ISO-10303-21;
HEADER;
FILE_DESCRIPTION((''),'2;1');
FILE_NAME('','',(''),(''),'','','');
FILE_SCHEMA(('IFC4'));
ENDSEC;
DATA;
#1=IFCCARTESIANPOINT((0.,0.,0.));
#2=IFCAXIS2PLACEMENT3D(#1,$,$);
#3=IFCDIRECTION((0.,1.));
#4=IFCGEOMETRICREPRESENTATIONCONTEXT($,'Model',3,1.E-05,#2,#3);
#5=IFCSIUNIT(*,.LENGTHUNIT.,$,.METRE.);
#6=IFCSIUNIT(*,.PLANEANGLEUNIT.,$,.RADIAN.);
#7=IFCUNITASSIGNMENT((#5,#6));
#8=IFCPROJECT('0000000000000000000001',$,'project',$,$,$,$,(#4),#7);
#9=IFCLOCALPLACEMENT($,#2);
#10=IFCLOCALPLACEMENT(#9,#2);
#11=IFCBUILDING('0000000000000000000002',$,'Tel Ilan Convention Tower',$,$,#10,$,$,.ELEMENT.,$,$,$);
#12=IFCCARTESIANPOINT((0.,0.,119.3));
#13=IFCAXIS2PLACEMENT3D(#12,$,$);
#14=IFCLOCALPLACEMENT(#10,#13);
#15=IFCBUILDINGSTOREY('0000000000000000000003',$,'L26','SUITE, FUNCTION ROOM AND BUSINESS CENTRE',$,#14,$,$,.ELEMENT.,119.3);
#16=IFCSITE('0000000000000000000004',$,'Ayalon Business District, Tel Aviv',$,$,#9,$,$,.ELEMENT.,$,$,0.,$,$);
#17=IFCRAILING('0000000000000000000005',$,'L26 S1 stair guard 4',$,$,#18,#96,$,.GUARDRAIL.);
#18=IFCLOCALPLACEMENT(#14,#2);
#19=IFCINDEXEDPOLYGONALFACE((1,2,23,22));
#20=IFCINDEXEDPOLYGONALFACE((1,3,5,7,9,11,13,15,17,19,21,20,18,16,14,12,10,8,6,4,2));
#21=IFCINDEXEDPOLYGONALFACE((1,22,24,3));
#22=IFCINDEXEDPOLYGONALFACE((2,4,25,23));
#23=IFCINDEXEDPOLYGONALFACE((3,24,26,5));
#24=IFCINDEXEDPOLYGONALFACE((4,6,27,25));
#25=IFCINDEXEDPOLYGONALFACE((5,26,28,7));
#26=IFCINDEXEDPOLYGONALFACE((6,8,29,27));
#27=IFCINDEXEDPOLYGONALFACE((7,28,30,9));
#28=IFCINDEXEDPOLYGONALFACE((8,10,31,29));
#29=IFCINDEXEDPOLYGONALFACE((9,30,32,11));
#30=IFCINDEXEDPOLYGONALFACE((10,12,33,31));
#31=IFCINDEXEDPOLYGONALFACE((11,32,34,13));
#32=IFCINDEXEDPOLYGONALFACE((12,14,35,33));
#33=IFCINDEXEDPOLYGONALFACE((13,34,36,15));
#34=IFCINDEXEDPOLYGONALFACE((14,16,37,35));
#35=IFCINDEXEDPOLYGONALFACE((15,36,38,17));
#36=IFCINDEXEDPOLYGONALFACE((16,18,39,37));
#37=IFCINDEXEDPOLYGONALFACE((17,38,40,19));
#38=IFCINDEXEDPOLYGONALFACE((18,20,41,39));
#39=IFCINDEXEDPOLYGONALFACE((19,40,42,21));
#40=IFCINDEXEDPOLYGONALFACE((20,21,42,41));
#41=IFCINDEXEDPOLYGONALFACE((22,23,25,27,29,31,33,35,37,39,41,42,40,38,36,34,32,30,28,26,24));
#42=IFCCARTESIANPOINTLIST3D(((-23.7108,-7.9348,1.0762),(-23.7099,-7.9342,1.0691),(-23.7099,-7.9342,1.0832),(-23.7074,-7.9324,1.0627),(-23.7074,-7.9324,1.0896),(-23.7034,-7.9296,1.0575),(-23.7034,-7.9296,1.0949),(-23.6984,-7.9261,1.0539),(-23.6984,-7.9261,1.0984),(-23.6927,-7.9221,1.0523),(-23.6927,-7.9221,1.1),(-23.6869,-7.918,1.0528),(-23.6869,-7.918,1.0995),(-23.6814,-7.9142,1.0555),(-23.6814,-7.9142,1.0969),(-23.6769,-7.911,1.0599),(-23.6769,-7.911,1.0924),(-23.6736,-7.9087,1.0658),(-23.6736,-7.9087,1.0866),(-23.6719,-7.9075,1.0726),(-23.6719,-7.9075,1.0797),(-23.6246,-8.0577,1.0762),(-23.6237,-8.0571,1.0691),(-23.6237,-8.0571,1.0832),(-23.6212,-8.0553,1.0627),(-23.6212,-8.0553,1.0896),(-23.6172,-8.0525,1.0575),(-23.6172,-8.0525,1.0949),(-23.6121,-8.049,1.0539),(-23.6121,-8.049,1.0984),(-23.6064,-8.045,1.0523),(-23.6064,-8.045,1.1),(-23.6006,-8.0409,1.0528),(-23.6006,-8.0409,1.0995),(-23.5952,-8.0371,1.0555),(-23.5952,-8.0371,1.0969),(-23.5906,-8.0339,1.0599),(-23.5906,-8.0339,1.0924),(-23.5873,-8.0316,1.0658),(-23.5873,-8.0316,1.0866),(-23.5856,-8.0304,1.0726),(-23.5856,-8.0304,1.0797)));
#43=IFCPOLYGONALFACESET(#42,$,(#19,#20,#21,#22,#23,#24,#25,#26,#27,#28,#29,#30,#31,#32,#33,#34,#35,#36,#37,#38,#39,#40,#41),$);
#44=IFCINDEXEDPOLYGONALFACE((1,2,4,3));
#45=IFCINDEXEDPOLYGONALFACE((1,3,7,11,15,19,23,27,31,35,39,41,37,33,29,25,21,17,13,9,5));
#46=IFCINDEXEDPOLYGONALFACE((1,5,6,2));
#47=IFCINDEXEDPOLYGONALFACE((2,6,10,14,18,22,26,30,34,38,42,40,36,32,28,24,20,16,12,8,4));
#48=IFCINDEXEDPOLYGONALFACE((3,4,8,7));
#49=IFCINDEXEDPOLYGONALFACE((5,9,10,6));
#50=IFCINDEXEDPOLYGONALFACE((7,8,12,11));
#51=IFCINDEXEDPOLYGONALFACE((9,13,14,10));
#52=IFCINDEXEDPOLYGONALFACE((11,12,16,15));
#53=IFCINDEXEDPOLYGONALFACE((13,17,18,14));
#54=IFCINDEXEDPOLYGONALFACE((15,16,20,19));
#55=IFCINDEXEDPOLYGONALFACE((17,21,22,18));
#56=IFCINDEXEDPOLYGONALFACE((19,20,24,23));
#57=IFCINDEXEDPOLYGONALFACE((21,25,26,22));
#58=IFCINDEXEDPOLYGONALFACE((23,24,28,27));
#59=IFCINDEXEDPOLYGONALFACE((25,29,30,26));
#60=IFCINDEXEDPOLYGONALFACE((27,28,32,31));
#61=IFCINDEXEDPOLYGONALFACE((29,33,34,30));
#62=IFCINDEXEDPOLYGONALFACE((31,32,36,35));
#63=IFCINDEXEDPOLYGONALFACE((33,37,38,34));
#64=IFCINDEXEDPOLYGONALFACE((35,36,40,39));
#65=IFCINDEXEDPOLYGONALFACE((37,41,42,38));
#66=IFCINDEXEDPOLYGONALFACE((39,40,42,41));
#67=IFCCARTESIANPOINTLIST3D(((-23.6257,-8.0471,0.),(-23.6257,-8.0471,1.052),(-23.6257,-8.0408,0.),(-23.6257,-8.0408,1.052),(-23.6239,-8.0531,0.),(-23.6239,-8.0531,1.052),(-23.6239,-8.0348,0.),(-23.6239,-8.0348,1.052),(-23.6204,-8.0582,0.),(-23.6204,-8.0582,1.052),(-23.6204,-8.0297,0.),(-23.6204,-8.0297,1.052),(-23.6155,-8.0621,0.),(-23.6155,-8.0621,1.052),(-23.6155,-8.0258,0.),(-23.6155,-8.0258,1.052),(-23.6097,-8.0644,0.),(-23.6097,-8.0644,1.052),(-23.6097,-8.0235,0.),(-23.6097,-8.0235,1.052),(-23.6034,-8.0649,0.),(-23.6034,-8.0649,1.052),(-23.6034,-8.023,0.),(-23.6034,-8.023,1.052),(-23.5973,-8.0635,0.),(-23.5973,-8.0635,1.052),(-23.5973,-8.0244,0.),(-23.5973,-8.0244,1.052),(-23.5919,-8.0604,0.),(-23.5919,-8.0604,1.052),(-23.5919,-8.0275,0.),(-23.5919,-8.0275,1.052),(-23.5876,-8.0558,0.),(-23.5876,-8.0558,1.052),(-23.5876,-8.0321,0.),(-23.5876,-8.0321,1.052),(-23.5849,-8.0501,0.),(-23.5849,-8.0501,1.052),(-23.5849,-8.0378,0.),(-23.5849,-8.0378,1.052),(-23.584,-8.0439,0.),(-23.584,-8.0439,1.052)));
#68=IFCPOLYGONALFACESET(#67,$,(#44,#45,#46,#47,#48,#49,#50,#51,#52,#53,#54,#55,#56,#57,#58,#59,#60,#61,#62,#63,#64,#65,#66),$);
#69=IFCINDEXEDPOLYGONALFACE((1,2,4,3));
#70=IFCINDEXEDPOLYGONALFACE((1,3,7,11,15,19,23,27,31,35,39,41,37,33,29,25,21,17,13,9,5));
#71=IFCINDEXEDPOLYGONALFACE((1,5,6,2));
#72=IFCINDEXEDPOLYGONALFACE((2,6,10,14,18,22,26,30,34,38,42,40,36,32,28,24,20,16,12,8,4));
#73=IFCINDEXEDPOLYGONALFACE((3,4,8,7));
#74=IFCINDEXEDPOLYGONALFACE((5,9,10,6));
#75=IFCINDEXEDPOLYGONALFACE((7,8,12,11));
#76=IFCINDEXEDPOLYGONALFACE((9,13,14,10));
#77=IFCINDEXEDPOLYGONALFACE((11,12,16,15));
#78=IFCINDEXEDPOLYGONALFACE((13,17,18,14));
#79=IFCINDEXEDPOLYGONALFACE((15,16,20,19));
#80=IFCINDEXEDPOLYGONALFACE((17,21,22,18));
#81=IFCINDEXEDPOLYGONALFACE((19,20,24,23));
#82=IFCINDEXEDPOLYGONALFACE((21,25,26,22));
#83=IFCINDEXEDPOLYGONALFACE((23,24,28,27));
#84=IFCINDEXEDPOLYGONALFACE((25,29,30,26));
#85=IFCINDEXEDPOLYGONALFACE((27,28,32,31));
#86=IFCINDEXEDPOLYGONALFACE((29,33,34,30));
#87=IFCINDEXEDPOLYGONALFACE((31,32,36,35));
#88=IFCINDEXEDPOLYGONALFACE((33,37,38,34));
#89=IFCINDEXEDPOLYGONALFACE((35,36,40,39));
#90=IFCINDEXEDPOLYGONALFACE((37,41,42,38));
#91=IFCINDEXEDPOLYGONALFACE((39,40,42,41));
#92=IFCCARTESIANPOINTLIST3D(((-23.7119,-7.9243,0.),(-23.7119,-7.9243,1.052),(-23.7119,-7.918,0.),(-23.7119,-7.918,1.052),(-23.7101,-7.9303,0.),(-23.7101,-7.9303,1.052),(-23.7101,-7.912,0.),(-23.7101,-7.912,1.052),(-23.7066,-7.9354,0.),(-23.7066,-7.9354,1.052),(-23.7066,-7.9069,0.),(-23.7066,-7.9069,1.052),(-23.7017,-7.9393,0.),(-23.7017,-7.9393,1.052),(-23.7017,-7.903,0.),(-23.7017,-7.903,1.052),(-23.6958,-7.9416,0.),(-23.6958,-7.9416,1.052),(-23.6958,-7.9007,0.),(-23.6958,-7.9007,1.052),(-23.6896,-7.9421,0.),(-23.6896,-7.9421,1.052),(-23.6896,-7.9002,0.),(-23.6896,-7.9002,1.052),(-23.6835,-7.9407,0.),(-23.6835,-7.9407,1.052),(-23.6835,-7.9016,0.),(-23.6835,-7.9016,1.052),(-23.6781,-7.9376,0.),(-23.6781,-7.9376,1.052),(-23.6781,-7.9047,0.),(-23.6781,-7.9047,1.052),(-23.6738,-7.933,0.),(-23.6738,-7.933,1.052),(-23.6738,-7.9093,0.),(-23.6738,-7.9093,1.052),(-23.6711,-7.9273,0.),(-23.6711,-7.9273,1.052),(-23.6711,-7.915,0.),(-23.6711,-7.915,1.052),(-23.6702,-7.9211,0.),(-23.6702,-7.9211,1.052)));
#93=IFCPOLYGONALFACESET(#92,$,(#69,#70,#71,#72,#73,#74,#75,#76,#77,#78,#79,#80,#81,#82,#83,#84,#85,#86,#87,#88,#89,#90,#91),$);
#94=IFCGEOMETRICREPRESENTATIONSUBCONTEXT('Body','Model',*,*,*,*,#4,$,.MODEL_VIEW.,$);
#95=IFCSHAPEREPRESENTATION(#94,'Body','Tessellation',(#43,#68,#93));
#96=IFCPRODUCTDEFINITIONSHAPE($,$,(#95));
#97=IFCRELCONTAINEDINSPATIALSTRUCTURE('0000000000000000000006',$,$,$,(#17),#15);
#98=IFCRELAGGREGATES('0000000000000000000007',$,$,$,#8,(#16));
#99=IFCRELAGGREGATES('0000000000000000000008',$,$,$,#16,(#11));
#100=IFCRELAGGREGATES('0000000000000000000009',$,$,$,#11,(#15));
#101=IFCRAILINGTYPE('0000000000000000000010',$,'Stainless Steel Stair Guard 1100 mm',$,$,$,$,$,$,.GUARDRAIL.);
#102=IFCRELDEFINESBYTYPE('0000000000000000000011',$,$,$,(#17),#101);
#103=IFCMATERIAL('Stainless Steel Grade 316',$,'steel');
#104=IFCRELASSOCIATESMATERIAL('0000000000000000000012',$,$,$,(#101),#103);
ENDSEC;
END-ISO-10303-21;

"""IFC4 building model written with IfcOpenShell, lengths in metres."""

from ifc_helpers import new_model, si_unit, direction, frame, origin, origin_2d, place, context, subcontext, project, spatial, circle, extrude, material, type_object, element, save


model = new_model("IFC4")

# Units and contexts
model_context = context("Model", 3, precision=1e-05, world=origin(), true_north=direction((0.0, 1.0)))
body_context = subcontext(model_context, "Body", "Model", "MODEL_VIEW")
ifc_project = project(units=[si_unit("LENGTHUNIT", "METRE"), si_unit("PLANEANGLEUNIT", "RADIAN")], contexts=[model_context])

# Site, building, storey
site_placement = place(None, origin())
site = spatial("IfcSite", under=ifc_project, at=site_placement, Name="Ayalon Business District, Tel Aviv", CompositionType="ELEMENT", RefElevation=0.0)
building_placement = place(site_placement, origin())
building = spatial("IfcBuilding", under=site, at=building_placement, Name="Tel Ilan Convention Tower", CompositionType="ELEMENT")
storey_placement = place(building_placement, frame((0.0, 0.0, 119.3)))
storey = spatial("IfcBuildingStorey", under=building, at=storey_placement, Name="L26", Description="SUITE, FUNCTION ROOM AND BUSINESS CENTRE", CompositionType="ELEMENT", Elevation=119.3)

# Railing
ifc_material_1 = material(Name="Stainless Steel Grade 316", Category="steel")
railing_type = type_object("IfcRailingType", Name="Stainless Steel Stair Guard 1100 mm", PredefinedType="GUARDRAIL", material=ifc_material_1)
railing_1_placement = place(storey_placement, frame((-23.605, -8.0439, 0.0)))
element("IfcRailing", 1, at=railing_1_placement, inside=storey, type_object=railing_type, Name="L26 S1 stair guard 4", PredefinedType="GUARDRAIL", context=body_context, shape_type="SweptSolid", body=[
    extrude(circle(Radius=0.0239, at=origin_2d()), frame((0.0, 0.0, 1.0762), z_axis=(-0.574445, 0.818543, 0.0), x_axis=(-0.818543, -0.574445, 0.0)), (0.0, 0.0, 1.0), 0.1501),
    extrude(circle(Radius=0.021, at=origin_2d()), origin(), (0.0, 0.0, 1.0), 1.052),
    extrude(circle(Radius=0.021, at=origin_2d()), frame((-0.0862, 0.1228, 0.0)), (0.0, 0.0, 1.0), 1.052),
])

save(model, "model.ifc")
